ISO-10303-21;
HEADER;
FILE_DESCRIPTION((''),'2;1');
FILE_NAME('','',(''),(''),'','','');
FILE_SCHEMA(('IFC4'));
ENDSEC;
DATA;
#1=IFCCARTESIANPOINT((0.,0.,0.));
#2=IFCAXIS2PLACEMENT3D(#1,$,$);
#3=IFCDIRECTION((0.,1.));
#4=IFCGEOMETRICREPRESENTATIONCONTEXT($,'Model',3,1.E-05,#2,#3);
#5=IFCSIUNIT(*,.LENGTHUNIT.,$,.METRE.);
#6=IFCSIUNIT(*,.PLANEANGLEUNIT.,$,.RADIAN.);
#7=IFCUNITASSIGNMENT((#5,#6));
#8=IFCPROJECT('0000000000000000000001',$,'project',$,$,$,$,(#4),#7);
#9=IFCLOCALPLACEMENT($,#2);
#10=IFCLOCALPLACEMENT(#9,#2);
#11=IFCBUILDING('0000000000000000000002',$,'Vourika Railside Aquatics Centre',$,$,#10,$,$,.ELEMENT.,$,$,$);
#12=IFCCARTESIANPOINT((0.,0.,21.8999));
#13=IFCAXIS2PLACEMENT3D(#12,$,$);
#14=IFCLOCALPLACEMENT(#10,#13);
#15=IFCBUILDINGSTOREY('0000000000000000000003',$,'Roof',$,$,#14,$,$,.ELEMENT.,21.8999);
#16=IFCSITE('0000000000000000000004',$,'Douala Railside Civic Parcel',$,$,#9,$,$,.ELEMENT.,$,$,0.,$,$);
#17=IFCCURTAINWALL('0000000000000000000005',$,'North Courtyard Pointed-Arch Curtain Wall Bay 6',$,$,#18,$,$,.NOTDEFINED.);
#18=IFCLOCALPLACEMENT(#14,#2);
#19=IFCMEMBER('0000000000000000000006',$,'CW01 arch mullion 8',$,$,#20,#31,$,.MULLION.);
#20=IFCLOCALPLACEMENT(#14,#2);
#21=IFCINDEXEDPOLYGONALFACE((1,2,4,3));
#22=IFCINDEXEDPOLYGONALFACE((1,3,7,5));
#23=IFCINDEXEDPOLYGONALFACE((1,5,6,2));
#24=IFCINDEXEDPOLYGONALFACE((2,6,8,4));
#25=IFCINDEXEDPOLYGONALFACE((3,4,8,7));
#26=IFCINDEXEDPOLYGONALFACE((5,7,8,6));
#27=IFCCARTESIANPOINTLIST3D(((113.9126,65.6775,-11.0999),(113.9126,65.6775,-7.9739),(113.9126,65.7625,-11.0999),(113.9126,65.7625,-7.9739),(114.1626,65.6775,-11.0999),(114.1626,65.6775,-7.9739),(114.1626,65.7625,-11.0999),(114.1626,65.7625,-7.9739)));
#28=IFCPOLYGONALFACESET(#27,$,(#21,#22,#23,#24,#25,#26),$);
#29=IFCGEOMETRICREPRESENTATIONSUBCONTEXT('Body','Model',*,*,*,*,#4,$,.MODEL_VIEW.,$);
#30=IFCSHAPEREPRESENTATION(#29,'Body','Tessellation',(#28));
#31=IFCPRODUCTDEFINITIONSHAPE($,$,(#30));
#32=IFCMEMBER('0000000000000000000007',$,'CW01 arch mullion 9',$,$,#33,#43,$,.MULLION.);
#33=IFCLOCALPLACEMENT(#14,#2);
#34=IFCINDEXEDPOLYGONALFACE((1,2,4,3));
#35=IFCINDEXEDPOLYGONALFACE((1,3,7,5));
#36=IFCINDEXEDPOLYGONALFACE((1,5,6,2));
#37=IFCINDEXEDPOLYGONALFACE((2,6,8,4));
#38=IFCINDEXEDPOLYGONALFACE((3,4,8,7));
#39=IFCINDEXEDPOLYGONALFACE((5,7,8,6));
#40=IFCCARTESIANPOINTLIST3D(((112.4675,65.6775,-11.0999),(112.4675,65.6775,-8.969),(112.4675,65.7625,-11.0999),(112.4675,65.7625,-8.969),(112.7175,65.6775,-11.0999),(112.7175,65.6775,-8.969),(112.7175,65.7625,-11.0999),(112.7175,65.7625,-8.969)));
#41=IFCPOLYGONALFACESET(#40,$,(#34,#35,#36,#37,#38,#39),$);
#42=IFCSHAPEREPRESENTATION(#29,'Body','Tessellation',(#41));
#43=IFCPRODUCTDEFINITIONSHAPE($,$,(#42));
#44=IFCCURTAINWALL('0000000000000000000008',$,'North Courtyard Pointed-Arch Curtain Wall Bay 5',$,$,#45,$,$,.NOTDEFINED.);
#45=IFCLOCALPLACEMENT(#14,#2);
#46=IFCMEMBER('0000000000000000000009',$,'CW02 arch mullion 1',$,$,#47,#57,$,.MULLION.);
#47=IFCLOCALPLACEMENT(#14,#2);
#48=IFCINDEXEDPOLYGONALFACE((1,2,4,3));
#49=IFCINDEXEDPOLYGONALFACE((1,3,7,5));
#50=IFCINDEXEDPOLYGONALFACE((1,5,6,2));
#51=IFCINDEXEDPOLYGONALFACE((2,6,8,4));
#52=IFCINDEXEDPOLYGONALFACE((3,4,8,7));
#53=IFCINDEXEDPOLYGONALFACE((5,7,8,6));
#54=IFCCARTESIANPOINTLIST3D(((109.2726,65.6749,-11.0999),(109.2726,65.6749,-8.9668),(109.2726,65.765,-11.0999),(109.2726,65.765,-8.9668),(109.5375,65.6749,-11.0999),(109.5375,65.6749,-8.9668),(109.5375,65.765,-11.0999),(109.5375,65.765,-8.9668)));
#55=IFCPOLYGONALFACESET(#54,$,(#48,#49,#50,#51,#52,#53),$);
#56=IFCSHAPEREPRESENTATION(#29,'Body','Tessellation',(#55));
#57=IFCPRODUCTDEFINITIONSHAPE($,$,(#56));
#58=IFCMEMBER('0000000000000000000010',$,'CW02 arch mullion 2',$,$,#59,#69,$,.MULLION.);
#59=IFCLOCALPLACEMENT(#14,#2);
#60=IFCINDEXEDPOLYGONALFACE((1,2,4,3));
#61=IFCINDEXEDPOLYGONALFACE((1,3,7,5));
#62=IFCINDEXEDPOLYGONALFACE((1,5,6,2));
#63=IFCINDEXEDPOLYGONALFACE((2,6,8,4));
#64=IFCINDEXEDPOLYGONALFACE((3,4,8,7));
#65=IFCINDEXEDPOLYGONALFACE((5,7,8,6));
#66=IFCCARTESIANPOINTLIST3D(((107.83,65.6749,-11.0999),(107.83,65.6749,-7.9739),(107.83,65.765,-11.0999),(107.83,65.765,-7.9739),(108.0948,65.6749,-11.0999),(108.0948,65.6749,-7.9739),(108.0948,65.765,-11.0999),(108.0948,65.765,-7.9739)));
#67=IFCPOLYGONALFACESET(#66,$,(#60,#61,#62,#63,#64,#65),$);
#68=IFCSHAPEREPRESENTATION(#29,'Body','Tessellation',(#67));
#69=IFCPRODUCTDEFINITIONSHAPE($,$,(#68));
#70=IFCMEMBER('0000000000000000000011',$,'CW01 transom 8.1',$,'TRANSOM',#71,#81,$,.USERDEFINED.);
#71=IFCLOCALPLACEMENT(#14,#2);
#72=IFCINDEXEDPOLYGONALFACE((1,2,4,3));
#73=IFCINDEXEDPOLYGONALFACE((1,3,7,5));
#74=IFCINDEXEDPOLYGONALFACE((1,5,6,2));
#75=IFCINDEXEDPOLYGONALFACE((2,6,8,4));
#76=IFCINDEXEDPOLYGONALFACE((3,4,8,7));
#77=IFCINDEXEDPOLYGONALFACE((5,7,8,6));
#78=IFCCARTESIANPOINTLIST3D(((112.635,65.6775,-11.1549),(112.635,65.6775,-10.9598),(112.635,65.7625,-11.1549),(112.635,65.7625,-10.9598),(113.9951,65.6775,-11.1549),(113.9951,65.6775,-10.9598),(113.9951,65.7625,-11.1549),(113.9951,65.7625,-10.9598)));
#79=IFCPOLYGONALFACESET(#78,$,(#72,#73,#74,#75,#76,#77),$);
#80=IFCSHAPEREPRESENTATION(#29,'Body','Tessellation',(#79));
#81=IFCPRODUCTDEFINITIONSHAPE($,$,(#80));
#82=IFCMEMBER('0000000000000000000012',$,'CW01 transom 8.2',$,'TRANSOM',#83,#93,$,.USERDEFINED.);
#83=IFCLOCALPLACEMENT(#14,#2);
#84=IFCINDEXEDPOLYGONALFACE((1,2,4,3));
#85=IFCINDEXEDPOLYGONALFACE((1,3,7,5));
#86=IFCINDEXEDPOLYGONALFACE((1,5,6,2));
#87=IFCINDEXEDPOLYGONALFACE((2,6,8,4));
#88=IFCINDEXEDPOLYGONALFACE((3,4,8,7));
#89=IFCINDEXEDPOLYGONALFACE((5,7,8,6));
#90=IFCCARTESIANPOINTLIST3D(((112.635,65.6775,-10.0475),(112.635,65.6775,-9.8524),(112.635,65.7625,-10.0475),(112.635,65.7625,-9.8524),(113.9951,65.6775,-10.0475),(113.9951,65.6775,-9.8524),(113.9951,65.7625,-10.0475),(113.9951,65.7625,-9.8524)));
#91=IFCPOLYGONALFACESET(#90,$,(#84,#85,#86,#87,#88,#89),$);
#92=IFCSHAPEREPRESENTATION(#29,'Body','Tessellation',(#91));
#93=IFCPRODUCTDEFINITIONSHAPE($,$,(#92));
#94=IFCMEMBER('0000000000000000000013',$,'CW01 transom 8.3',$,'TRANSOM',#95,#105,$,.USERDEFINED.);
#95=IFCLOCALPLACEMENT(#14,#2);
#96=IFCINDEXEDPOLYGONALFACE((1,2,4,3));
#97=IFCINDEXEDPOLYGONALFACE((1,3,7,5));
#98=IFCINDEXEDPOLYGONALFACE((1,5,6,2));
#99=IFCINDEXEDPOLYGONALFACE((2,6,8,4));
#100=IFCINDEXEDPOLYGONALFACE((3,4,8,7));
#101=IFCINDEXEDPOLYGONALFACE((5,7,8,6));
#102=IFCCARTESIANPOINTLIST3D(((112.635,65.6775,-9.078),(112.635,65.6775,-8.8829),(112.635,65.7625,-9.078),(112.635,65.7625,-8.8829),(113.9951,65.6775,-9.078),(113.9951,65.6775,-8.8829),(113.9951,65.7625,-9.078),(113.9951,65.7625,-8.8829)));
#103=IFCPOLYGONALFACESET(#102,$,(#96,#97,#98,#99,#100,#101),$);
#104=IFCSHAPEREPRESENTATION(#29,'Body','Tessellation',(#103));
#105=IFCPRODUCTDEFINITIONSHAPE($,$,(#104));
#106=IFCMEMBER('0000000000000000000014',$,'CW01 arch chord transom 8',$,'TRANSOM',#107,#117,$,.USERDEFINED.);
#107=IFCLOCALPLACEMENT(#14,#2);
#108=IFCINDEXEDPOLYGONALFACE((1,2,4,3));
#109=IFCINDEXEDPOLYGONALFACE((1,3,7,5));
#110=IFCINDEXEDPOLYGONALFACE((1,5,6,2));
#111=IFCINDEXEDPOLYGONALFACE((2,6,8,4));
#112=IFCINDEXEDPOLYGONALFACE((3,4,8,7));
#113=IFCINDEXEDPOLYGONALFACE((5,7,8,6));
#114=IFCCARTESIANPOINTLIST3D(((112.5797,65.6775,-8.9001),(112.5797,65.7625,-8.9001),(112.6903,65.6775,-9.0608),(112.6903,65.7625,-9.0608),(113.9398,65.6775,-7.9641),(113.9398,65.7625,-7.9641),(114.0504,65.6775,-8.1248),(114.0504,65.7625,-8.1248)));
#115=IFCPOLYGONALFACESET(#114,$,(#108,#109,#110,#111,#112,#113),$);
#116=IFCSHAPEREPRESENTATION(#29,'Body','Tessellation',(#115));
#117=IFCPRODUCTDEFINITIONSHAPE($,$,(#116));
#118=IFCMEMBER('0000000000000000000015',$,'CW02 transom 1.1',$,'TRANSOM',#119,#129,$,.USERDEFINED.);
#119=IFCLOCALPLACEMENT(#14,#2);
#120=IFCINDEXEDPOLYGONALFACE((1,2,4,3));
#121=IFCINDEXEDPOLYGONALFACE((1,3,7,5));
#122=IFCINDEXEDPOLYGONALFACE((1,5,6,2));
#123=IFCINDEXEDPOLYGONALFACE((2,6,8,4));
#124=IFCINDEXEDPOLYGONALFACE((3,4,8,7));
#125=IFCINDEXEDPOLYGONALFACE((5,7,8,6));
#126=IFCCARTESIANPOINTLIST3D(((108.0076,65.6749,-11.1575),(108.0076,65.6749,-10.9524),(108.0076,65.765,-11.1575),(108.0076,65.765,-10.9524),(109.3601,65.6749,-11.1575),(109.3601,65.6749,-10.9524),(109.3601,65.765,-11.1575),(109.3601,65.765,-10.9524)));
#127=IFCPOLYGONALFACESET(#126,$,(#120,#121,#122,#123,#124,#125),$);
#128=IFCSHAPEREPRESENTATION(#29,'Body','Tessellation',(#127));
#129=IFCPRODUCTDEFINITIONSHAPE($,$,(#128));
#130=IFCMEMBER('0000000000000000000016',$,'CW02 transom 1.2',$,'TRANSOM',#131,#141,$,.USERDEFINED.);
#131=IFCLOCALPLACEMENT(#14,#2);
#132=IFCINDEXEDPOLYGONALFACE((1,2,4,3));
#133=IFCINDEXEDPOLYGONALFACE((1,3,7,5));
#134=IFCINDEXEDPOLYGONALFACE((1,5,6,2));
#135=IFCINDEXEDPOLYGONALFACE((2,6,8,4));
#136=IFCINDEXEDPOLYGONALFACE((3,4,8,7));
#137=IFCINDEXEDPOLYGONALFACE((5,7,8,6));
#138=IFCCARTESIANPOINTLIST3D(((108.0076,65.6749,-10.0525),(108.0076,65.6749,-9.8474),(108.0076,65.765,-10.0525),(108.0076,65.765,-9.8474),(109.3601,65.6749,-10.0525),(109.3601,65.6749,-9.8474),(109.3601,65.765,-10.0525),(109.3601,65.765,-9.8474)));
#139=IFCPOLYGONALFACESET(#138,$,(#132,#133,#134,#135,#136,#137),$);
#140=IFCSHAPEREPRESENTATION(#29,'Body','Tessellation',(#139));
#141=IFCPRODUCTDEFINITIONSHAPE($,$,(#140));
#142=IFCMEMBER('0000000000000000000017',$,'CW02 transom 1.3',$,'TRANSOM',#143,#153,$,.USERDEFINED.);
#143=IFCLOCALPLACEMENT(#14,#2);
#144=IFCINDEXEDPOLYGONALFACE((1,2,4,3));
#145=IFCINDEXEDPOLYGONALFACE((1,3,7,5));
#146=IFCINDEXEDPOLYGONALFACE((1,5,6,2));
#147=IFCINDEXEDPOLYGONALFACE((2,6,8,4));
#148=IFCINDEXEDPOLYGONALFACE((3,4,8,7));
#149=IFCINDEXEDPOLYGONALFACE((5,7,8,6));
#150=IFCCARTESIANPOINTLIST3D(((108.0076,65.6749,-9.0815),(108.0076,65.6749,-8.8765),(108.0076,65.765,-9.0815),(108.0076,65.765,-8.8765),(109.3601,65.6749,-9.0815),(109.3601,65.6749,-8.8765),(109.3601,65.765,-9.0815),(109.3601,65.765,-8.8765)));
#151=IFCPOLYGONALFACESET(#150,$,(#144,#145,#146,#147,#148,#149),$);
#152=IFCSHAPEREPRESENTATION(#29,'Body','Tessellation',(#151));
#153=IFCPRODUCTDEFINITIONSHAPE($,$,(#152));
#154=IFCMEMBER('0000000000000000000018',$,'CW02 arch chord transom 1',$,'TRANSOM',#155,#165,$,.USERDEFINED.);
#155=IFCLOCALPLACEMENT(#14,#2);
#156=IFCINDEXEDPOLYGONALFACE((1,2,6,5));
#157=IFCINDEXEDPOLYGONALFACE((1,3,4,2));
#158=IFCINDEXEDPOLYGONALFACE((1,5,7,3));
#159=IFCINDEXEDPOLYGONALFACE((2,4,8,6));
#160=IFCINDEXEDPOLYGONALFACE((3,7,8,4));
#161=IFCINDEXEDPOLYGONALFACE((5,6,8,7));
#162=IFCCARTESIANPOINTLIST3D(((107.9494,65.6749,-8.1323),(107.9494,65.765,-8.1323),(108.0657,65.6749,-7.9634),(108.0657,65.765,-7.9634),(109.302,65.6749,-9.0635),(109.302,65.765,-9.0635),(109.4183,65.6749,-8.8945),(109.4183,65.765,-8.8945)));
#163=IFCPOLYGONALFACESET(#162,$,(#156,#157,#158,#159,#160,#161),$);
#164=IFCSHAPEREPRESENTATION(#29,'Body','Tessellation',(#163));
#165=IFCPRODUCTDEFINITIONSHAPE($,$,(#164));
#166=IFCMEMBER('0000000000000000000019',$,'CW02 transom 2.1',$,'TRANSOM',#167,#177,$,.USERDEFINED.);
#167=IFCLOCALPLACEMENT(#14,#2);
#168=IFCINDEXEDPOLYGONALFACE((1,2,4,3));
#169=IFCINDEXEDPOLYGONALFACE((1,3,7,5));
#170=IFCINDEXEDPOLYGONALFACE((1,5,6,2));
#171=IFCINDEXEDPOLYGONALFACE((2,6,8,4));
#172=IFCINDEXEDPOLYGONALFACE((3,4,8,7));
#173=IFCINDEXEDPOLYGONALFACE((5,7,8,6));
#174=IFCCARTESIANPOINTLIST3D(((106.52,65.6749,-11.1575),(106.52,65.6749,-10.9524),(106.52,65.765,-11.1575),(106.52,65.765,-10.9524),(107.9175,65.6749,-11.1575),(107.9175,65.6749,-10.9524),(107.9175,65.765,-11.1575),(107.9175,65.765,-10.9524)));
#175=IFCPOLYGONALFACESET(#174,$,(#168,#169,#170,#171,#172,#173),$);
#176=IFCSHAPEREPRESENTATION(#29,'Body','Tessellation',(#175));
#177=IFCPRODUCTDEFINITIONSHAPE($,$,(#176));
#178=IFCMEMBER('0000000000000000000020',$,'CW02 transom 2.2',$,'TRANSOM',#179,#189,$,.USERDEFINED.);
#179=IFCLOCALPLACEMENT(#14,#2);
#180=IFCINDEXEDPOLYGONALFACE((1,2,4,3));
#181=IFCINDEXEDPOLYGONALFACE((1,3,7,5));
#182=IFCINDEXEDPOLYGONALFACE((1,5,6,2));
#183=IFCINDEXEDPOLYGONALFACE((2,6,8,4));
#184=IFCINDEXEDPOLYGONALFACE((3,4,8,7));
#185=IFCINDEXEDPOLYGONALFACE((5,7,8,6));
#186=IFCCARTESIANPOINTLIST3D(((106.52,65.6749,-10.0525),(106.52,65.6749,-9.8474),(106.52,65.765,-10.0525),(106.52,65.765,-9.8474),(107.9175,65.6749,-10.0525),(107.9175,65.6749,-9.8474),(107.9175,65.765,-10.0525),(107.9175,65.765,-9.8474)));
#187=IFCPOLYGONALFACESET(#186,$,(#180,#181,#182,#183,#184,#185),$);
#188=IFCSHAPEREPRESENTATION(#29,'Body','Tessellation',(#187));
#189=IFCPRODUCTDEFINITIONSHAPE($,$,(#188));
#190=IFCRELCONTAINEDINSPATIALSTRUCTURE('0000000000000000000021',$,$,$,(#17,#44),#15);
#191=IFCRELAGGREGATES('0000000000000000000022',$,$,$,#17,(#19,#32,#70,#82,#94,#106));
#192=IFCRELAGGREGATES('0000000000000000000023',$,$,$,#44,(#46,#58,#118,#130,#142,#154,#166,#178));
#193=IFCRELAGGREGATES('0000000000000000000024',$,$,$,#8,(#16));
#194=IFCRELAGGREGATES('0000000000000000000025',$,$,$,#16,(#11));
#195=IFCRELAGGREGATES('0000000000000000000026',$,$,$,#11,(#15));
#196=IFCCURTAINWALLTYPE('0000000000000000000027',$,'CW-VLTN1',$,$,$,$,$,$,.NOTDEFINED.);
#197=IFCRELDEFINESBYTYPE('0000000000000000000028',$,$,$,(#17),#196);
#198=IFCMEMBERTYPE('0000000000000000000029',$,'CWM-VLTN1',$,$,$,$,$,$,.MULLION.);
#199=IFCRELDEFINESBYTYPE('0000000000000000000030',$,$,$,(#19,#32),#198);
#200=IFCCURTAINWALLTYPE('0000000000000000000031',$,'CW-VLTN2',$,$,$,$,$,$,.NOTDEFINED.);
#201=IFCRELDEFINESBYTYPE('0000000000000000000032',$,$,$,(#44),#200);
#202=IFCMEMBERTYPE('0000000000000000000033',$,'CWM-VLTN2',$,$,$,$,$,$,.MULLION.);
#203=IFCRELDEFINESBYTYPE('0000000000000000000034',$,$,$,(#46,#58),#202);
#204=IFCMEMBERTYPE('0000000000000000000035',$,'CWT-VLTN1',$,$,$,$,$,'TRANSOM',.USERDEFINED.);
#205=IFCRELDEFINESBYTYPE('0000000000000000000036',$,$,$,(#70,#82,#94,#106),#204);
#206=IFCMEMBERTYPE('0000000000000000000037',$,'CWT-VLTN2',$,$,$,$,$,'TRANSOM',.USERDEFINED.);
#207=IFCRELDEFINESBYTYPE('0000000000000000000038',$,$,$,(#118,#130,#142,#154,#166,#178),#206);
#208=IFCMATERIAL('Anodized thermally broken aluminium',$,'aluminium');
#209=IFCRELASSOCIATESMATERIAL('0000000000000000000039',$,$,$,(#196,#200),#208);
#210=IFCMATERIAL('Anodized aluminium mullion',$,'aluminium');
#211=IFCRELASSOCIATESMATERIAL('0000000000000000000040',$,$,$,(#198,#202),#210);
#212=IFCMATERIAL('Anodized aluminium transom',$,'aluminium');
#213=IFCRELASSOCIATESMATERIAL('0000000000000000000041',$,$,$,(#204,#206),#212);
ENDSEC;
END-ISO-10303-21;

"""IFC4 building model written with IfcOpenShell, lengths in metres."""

from ifc_helpers import new_model, si_unit, direction, frame, origin, origin_2d, place, context, subcontext, project, spatial, rectangle, extrude, material, material_profile, profile_set, type_object, element, aggregate, save


model = new_model("IFC4")

# Units and contexts
model_context = context("Model", 3, precision=1e-05, world=origin(), true_north=direction((0.0, 1.0)))
body_context = subcontext(model_context, "Body", "Model", "MODEL_VIEW")
ifc_project = project(units=[si_unit("LENGTHUNIT", "METRE"), si_unit("PLANEANGLEUNIT", "RADIAN")], contexts=[model_context])

# Site, building, storey
site_placement = place(None, origin())
site = spatial("IfcSite", under=ifc_project, at=site_placement, Name="Douala Railside Civic Parcel", CompositionType="ELEMENT", RefElevation=0.0)
building_placement = place(site_placement, origin())
building = spatial("IfcBuilding", under=site, at=building_placement, Name="Vourika Railside Aquatics Centre", CompositionType="ELEMENT")
storey_placement = place(building_placement, frame((0.0, 0.0, 21.8999)))
storey = spatial("IfcBuildingStorey", under=building, at=storey_placement, Name="Roof", CompositionType="ELEMENT", Elevation=21.8999)

# Curtain walls, members
ifc_material_1 = material(Name="Anodized thermally broken aluminium", Category="aluminium")
curtain_wall_type_1 = type_object("IfcCurtainWallType", Name="CW-VLTN1", PredefinedType="NOTDEFINED", material=ifc_material_1)
curtain_wall_1_placement = place(storey_placement, origin())
curtain_wall_1 = element("IfcCurtainWall", 1, at=curtain_wall_1_placement, inside=storey, type_object=curtain_wall_type_1, Name="North Courtyard Pointed-Arch Curtain Wall Bay 6", PredefinedType="NOTDEFINED")
ifc_material_2 = material(Name="Anodized aluminium mullion", Category="aluminium")
ifc_material_profile_1 = material_profile(ifc_material_2, rectangle(XDim=0.085, YDim=0.25, at=origin_2d()), Name="ALU-M 85x250")
ifc_profile_set_1 = profile_set([ifc_material_profile_1], Name="Anodized aluminium mullion")
member_type_1 = type_object("IfcMemberType", Name="CWM-VLTN1", PredefinedType="MULLION", material=ifc_profile_set_1)
member_1_placement = place(storey_placement, frame((114.0376, 65.72, -11.0999), z_axis=(0.0, 0.0, 1.0), x_axis=(0.0, -1.0, 0.0)))
member_1 = element("IfcMember", 2, at=member_1_placement, type_object=member_type_1, Name="CW01 arch mullion 8", PredefinedType="MULLION", context=body_context, shape_type="SweptSolid", body=[
    extrude(rectangle(XDim=0.085, YDim=0.25, at=origin_2d()), origin(), (0.0, 0.0, 1.0), 3.126),
])
member_2_placement = place(storey_placement, frame((112.5925, 65.72, -11.0999), z_axis=(0.0, 0.0, 1.0), x_axis=(0.0, -1.0, 0.0)))
member_2 = element("IfcMember", 3, at=member_2_placement, type_object=member_type_1, Name="CW01 arch mullion 9", PredefinedType="MULLION", context=body_context, shape_type="SweptSolid", body=[
    extrude(rectangle(XDim=0.085, YDim=0.25, at=origin_2d()), origin(), (0.0, 0.0, 1.0), 2.1309),
])
curtain_wall_type_2 = type_object("IfcCurtainWallType", Name="CW-VLTN2", PredefinedType="NOTDEFINED", material=ifc_material_1)
curtain_wall_2_placement = place(storey_placement, origin())
curtain_wall_2 = element("IfcCurtainWall", 4, at=curtain_wall_2_placement, inside=storey, type_object=curtain_wall_type_2, Name="North Courtyard Pointed-Arch Curtain Wall Bay 5", PredefinedType="NOTDEFINED")
ifc_material_profile_2 = material_profile(ifc_material_2, rectangle(XDim=0.0901, YDim=0.2649, at=origin_2d()), Name="ALU-M 90x265")
ifc_profile_set_2 = profile_set([ifc_material_profile_2], Name="Anodized aluminium mullion")
member_type_2 = type_object("IfcMemberType", Name="CWM-VLTN2", PredefinedType="MULLION", material=ifc_profile_set_2)
member_3_placement = place(storey_placement, frame((109.405, 65.72, -11.0999), z_axis=(0.0, 0.0, 1.0), x_axis=(0.0, -1.0, 0.0)))
member_3 = element("IfcMember", 5, at=member_3_placement, type_object=member_type_2, Name="CW02 arch mullion 1", PredefinedType="MULLION", context=body_context, shape_type="SweptSolid", body=[
    extrude(rectangle(XDim=0.0901, YDim=0.2649, at=origin_2d()), origin(), (0.0, 0.0, 1.0), 2.1331),
])
member_4_placement = place(storey_placement, frame((107.9624, 65.72, -11.0999), z_axis=(0.0, 0.0, 1.0), x_axis=(0.0, -1.0, 0.0)))
member_4 = element("IfcMember", 6, at=member_4_placement, type_object=member_type_2, Name="CW02 arch mullion 2", PredefinedType="MULLION", context=body_context, shape_type="SweptSolid", body=[
    extrude(rectangle(XDim=0.0901, YDim=0.2649, at=origin_2d()), origin(), (0.0, 0.0, 1.0), 3.126),
])

# Members
ifc_material_3 = material(Name="Anodized aluminium transom", Category="aluminium")
ifc_material_profile_3 = material_profile(ifc_material_3, rectangle(XDim=0.085, YDim=0.1951, at=origin_2d()), Name="ALU-T 85x195")
ifc_profile_set_3 = profile_set([ifc_material_profile_3], Name="Anodized aluminium transom")
member_type_3 = type_object("IfcMemberType", Name="CWT-VLTN1", ElementType="TRANSOM", PredefinedType="USERDEFINED", material=ifc_profile_set_3)
member_5_placement = place(storey_placement, frame((113.9951, 65.72, -11.0574), z_axis=(-1.0, 0.0, 0.0), x_axis=(0.0, -1.0, 0.0)))
member_5 = element("IfcMember", 7, at=member_5_placement, type_object=member_type_3, Name="CW01 transom 8.1", ObjectType="TRANSOM", PredefinedType="USERDEFINED", context=body_context, shape_type="SweptSolid", body=[
    extrude(rectangle(XDim=0.085, YDim=0.1951, at=origin_2d()), origin(), (0.0, 0.0, 1.0), 1.3601),
])
member_6_placement = place(storey_placement, frame((113.9951, 65.72, -9.95), z_axis=(-1.0, 0.0, 0.0), x_axis=(0.0, -1.0, 0.0)))
member_6 = element("IfcMember", 8, at=member_6_placement, type_object=member_type_3, Name="CW01 transom 8.2", ObjectType="TRANSOM", PredefinedType="USERDEFINED", context=body_context, shape_type="SweptSolid", body=[
    extrude(rectangle(XDim=0.085, YDim=0.1951, at=origin_2d()), origin(), (0.0, 0.0, 1.0), 1.3601),
])
member_7_placement = place(storey_placement, frame((113.9951, 65.72, -8.9805), z_axis=(-1.0, 0.0, 0.0), x_axis=(0.0, -1.0, 0.0)))
member_7 = element("IfcMember", 9, at=member_7_placement, type_object=member_type_3, Name="CW01 transom 8.3", ObjectType="TRANSOM", PredefinedType="USERDEFINED", context=body_context, shape_type="SweptSolid", body=[
    extrude(rectangle(XDim=0.085, YDim=0.1951, at=origin_2d()), origin(), (0.0, 0.0, 1.0), 1.3601),
])
member_8_placement = place(storey_placement, frame((113.9951, 65.72, -8.0444), z_axis=(-0.82377, 0.0, -0.566924), x_axis=(0.0, -1.0, 0.0)))
member_8 = element("IfcMember", 10, at=member_8_placement, type_object=member_type_3, Name="CW01 arch chord transom 8", ObjectType="TRANSOM", PredefinedType="USERDEFINED", context=body_context, shape_type="SweptSolid", body=[
    extrude(rectangle(XDim=0.085, YDim=0.1951, at=origin_2d()), origin(), (0.0, 0.0, 1.0), 1.6511),
])
ifc_material_profile_4 = material_profile(ifc_material_3, rectangle(XDim=0.0901, YDim=0.2051, at=origin_2d()), Name="ALU-T 90x205")
ifc_profile_set_4 = profile_set([ifc_material_profile_4], Name="Anodized aluminium transom")
member_type_4 = type_object("IfcMemberType", Name="CWT-VLTN2", ElementType="TRANSOM", PredefinedType="USERDEFINED", material=ifc_profile_set_4)
member_9_placement = place(storey_placement, frame((109.3601, 65.72, -11.0549), z_axis=(-1.0, 0.0, 0.0), x_axis=(0.0, -1.0, 0.0)))
member_9 = element("IfcMember", 11, at=member_9_placement, type_object=member_type_4, Name="CW02 transom 1.1", ObjectType="TRANSOM", PredefinedType="USERDEFINED", context=body_context, shape_type="SweptSolid", body=[
    extrude(rectangle(XDim=0.0901, YDim=0.2051, at=origin_2d()), origin(), (0.0, 0.0, 1.0), 1.3525),
])
member_10_placement = place(storey_placement, frame((109.3601, 65.72, -9.95), z_axis=(-1.0, 0.0, 0.0), x_axis=(0.0, -1.0, 0.0)))
member_10 = element("IfcMember", 12, at=member_10_placement, type_object=member_type_4, Name="CW02 transom 1.2", ObjectType="TRANSOM", PredefinedType="USERDEFINED", context=body_context, shape_type="SweptSolid", body=[
    extrude(rectangle(XDim=0.0901, YDim=0.2051, at=origin_2d()), origin(), (0.0, 0.0, 1.0), 1.3525),
])
member_11_placement = place(storey_placement, frame((109.3601, 65.72, -8.979), z_axis=(-1.0, 0.0, 0.0), x_axis=(0.0, -1.0, 0.0)))
member_11 = element("IfcMember", 13, at=member_11_placement, type_object=member_type_4, Name="CW02 transom 1.3", ObjectType="TRANSOM", PredefinedType="USERDEFINED", context=body_context, shape_type="SweptSolid", body=[
    extrude(rectangle(XDim=0.0901, YDim=0.2051, at=origin_2d()), origin(), (0.0, 0.0, 1.0), 1.3525),
])
member_12_placement = place(storey_placement, frame((109.3601, 65.72, -8.979), z_axis=(-0.823677, 0.0, 0.567059), x_axis=(0.0, -1.0, 0.0)))
member_12 = element("IfcMember", 14, at=member_12_placement, type_object=member_type_4, Name="CW02 arch chord transom 1", ObjectType="TRANSOM", PredefinedType="USERDEFINED", context=body_context, shape_type="SweptSolid", body=[
    extrude(rectangle(XDim=0.0901, YDim=0.2051, at=origin_2d()), origin(), (0.0, 0.0, 1.0), 1.6421),
])
member_13_placement = place(storey_placement, frame((107.9175, 65.72, -11.0549), z_axis=(-1.0, 0.0, 0.0), x_axis=(0.0, -1.0, 0.0)))
member_13 = element("IfcMember", 15, at=member_13_placement, type_object=member_type_4, Name="CW02 transom 2.1", ObjectType="TRANSOM", PredefinedType="USERDEFINED", context=body_context, shape_type="SweptSolid", body=[
    extrude(rectangle(XDim=0.0901, YDim=0.2051, at=origin_2d()), origin(), (0.0, 0.0, 1.0), 1.3975),
])
member_14_placement = place(storey_placement, frame((107.9175, 65.72, -9.95), z_axis=(-1.0, 0.0, 0.0), x_axis=(0.0, -1.0, 0.0)))
member_14 = element("IfcMember", 16, at=member_14_placement, type_object=member_type_4, Name="CW02 transom 2.2", ObjectType="TRANSOM", PredefinedType="USERDEFINED", context=body_context, shape_type="SweptSolid", body=[
    extrude(rectangle(XDim=0.0901, YDim=0.2051, at=origin_2d()), origin(), (0.0, 0.0, 1.0), 1.3975),
])

aggregate(curtain_wall_1, [member_1, member_2, member_5, member_6, member_7, member_8])
aggregate(curtain_wall_2, [member_3, member_4, member_9, member_10, member_11, member_12, member_13, member_14])

save(model, "model.ifc")
